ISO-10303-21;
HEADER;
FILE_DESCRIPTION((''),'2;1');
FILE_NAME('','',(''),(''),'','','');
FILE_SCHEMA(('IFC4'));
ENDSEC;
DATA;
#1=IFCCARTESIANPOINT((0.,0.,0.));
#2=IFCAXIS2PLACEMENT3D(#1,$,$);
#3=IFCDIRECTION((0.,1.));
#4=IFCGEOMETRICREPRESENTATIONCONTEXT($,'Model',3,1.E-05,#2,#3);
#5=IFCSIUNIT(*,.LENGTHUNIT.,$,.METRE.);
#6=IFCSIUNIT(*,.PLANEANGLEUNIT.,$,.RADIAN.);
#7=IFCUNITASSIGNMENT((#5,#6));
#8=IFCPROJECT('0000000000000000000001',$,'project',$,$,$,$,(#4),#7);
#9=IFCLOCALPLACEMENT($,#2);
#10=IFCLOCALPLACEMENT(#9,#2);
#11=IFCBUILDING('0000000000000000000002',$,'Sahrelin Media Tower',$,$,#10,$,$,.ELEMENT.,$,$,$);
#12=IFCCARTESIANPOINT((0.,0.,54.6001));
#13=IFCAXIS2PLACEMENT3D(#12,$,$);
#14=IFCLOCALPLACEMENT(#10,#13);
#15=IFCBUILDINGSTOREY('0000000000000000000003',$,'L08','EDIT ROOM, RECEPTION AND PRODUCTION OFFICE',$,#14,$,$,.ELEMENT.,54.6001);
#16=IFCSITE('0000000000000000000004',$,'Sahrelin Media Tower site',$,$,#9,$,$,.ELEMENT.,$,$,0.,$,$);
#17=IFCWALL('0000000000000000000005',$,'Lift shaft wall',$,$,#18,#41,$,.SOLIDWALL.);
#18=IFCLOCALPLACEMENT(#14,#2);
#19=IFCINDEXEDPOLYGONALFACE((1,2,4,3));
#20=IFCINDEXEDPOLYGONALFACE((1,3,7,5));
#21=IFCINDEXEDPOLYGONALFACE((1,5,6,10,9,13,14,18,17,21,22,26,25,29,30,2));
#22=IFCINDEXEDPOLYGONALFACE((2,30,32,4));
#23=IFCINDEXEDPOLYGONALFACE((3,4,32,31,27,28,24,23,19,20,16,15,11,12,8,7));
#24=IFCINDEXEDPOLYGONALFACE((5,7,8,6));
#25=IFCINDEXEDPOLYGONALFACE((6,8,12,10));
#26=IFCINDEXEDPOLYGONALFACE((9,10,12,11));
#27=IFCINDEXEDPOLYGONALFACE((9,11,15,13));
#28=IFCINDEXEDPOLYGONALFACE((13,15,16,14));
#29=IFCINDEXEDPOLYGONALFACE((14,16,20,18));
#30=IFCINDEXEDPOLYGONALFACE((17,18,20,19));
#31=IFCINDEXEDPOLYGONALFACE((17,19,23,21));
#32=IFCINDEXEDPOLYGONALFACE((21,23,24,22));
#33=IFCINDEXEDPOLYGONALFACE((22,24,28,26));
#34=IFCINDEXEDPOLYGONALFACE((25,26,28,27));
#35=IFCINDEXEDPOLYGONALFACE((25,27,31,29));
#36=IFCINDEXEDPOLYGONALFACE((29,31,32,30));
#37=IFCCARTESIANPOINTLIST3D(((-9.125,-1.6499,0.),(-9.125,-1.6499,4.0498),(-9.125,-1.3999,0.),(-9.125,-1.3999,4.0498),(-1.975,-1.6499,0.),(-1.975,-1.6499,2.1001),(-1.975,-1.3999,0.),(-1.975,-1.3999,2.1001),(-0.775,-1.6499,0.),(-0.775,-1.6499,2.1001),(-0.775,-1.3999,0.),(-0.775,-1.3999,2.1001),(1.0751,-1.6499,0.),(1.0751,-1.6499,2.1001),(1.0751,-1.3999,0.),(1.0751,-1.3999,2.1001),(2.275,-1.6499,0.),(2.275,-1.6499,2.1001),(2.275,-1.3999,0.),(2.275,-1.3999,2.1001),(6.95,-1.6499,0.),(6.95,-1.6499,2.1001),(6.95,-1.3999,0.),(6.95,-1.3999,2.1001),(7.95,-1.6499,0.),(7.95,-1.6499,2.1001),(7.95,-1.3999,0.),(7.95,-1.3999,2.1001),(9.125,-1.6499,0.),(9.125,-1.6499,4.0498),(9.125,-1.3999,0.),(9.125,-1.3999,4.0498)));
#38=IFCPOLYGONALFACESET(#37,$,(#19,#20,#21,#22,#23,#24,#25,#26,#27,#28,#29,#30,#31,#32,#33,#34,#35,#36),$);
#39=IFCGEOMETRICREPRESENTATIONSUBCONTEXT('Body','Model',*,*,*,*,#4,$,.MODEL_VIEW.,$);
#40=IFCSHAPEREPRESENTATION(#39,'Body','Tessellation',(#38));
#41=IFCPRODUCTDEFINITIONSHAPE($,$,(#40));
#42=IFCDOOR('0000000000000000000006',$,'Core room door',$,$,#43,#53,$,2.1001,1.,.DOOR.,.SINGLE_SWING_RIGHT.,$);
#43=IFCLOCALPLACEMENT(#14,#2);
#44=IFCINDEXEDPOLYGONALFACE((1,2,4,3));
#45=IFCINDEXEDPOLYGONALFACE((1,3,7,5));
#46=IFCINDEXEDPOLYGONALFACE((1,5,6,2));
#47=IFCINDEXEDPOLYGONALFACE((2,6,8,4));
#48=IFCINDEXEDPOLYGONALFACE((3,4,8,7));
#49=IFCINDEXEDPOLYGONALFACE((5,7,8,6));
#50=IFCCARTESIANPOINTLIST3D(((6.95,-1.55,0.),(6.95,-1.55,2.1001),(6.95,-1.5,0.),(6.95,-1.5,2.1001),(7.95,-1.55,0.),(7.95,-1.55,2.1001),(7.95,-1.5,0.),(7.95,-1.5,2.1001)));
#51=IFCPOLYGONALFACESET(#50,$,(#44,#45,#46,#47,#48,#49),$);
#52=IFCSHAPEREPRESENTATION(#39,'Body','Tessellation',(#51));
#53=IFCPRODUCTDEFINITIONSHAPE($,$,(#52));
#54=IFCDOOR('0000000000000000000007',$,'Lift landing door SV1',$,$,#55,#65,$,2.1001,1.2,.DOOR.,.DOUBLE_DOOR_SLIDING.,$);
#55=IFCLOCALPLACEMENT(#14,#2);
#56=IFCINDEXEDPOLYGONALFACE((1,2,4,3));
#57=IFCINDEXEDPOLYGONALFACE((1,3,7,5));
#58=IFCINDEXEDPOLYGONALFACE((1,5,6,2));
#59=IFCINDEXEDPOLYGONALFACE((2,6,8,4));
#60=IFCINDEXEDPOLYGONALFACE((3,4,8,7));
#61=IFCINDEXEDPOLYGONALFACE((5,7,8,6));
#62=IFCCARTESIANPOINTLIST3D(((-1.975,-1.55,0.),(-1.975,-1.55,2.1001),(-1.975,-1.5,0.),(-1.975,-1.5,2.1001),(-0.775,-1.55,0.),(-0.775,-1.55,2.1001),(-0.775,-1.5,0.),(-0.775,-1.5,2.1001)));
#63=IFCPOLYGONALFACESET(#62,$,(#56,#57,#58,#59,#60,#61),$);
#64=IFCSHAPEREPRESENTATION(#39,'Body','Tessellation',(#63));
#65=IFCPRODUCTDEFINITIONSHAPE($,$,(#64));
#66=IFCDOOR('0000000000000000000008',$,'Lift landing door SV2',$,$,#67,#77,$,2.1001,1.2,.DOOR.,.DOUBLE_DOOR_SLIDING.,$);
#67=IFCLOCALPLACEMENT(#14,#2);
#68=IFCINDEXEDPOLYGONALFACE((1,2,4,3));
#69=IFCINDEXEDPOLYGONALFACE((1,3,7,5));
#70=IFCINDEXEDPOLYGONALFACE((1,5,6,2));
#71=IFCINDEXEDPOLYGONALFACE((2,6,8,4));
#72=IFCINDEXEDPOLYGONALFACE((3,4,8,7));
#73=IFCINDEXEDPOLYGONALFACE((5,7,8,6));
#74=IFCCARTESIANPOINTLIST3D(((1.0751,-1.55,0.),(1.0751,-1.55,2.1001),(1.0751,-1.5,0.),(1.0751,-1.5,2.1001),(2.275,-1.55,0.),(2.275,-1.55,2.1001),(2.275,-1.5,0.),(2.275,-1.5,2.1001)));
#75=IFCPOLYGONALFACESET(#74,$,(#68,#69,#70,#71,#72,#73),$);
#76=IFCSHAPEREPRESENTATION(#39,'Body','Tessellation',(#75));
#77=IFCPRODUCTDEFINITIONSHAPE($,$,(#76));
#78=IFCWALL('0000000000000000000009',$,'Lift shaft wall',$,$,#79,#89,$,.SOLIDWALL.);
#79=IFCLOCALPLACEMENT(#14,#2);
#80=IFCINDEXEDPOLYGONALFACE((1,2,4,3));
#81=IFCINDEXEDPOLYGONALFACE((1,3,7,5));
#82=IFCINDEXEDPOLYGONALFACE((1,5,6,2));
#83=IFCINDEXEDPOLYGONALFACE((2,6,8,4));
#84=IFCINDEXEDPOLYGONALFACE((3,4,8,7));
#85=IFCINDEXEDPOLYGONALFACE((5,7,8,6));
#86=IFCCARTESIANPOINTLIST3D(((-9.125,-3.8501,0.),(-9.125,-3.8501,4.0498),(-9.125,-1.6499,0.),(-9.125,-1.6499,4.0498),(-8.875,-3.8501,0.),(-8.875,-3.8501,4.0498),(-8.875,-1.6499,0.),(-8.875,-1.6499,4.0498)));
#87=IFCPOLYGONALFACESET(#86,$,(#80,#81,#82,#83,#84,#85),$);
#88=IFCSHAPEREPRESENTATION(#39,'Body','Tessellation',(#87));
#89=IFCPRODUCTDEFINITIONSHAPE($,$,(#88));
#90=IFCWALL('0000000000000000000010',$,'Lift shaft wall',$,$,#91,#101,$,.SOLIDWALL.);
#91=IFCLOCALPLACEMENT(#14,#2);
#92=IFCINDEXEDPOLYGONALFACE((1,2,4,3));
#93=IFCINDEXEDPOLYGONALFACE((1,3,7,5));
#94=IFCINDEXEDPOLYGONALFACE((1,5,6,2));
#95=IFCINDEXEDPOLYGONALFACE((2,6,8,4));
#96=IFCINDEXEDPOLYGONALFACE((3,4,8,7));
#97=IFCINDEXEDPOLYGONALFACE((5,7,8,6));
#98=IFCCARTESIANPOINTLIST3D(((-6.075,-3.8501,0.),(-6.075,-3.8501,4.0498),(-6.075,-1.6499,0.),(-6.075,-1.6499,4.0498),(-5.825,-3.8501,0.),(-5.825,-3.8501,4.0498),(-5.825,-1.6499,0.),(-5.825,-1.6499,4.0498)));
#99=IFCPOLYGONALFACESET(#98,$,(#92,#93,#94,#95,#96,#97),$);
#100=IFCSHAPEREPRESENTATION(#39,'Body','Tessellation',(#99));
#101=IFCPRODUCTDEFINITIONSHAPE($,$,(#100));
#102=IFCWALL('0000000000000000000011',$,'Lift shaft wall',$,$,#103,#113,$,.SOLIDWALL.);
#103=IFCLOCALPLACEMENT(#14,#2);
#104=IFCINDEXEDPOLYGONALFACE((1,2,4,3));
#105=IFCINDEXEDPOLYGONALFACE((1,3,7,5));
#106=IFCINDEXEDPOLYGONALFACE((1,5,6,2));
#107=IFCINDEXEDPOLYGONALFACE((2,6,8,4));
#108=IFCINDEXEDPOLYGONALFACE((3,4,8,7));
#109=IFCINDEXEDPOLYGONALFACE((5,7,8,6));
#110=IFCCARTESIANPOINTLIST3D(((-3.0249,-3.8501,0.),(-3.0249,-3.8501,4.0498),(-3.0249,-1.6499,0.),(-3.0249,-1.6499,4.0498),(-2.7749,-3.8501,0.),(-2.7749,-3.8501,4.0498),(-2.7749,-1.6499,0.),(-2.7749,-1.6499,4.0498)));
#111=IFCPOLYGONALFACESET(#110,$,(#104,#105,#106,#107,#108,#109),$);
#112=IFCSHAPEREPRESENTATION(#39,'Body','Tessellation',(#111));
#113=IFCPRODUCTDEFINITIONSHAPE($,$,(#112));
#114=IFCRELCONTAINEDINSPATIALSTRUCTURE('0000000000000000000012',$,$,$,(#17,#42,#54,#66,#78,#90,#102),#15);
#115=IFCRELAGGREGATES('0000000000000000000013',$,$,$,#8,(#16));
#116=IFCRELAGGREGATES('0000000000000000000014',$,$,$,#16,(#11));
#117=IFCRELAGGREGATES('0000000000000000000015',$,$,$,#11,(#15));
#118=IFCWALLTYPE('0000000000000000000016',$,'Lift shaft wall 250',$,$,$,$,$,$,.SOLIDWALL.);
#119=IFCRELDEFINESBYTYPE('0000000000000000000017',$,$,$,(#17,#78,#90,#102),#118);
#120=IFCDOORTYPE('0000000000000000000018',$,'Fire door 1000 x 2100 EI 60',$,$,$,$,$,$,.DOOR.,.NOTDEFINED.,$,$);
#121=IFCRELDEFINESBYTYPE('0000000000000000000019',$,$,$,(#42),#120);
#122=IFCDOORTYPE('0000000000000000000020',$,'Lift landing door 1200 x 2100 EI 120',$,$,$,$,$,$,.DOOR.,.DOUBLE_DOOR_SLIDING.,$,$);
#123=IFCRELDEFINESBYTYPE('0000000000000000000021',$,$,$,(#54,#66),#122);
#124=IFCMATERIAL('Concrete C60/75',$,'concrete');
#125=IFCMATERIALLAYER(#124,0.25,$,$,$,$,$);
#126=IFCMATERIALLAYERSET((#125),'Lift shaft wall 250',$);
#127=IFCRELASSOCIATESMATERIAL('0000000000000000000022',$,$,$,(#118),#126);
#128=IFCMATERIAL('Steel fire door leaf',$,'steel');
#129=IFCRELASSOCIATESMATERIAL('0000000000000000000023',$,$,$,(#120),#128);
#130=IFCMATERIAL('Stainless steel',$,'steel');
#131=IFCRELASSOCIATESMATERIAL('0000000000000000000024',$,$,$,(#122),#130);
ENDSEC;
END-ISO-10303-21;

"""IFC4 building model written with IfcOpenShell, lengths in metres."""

from ifc_helpers import new_model, si_unit, direction, frame, frame_2d, origin, place, context, subcontext, project, spatial, rectangle, extrude, material, layer, layer_set, type_object, element, fill, save


model = new_model("IFC4")

# Units and contexts
model_context = context("Model", 3, precision=1e-05, world=origin(), true_north=direction((0.0, 1.0)))
body_context = subcontext(model_context, "Body", "Model", "MODEL_VIEW")
ifc_project = project(units=[si_unit("LENGTHUNIT", "METRE"), si_unit("PLANEANGLEUNIT", "RADIAN")], contexts=[model_context])

# Site, building, storey
site_placement = place(None, origin())
site = spatial("IfcSite", under=ifc_project, at=site_placement, Name="Sahrelin Media Tower site", CompositionType="ELEMENT", RefElevation=0.0)
building_placement = place(site_placement, origin())
building = spatial("IfcBuilding", under=site, at=building_placement, Name="Sahrelin Media Tower", CompositionType="ELEMENT")
storey_placement = place(building_placement, frame((0.0, 0.0, 54.6001)))
storey = spatial("IfcBuildingStorey", under=building, at=storey_placement, Name="L08", Description="EDIT ROOM, RECEPTION AND PRODUCTION OFFICE", CompositionType="ELEMENT", Elevation=54.6001)

# Shared definitions
ifc_material_1 = material(Name="Steel fire door leaf", Category="steel")

# Wall, openings, doors
ifc_material_2 = material(Name="Concrete C60/75", Category="concrete")
ifc_layer_1 = layer(ifc_material_2, 0.25)
ifc_layer_set_1 = layer_set([ifc_layer_1], Name="Lift shaft wall 250")
wall_type_1 = type_object("IfcWallType", Name="Lift shaft wall 250", PredefinedType="SOLIDWALL", material=ifc_layer_set_1)
wall_1_placement = place(storey_placement, frame((-9.125, -1.5249, 0.0), z_axis=(0.0, 0.0, 1.0), x_axis=(1.0, 0.0, 0.0)))
wall_1 = element("IfcWall", 1, at=wall_1_placement, inside=storey, type_object=wall_type_1, Name="Lift shaft wall", PredefinedType="SOLIDWALL", context=body_context, shape_type="SweptSolid", body=[
    extrude(rectangle(XDim=18.25, YDim=0.25, at=frame_2d((9.125, 0.0))), origin(), (0.0, 0.0, 1.0), 4.0498),
])
opening_1_placement = place(wall_1_placement, frame((7.1499, 0.0, 0.0)))
opening_1 = element("IfcOpeningElement", 2, at=opening_1_placement, cuts=wall_1, PredefinedType="OPENING", context=body_context, shape_type="SweptSolid", body=[
    extrude(rectangle(XDim=1.2, YDim=2.1001, at=frame_2d((0.6001, 1.05))), frame((0.0, 0.125, 0.0), z_axis=(0.0, -1.0, 0.0), x_axis=(1.0, 0.0, 0.0)), (0.0, 0.0, 1.0), 0.25),
])
opening_2_placement = place(wall_1_placement, frame((10.2, 0.0, 0.0)))
opening_2 = element("IfcOpeningElement", 3, at=opening_2_placement, cuts=wall_1, PredefinedType="OPENING", context=body_context, shape_type="SweptSolid", body=[
    extrude(rectangle(XDim=1.2, YDim=2.1001, at=frame_2d((0.6001, 1.05))), frame((0.0, 0.125, 0.0), z_axis=(0.0, -1.0, 0.0), x_axis=(1.0, 0.0, 0.0)), (0.0, 0.0, 1.0), 0.25),
])
opening_3_placement = place(wall_1_placement, frame((16.075, 0.0, 0.0)))
opening_3 = element("IfcOpeningElement", 4, at=opening_3_placement, cuts=wall_1, PredefinedType="OPENING", context=body_context, shape_type="SweptSolid", body=[
    extrude(rectangle(XDim=1.0, YDim=2.1001, at=frame_2d((0.5, 1.05))), frame((0.0, 0.125, 0.0), z_axis=(0.0, -1.0, 0.0), x_axis=(1.0, 0.0, 0.0)), (0.0, 0.0, 1.0), 0.25),
])
door_type_1 = type_object("IfcDoorType", Name="Fire door 1000 x 2100 EI 60", OperationType="NOTDEFINED", PredefinedType="DOOR", material=ifc_material_1)
door_1_placement = place(opening_3_placement, origin())
door_1 = element("IfcDoor", 5, at=door_1_placement, inside=storey, type_object=door_type_1, Name="Core room door", OperationType="SINGLE_SWING_RIGHT", OverallHeight=2.1001, OverallWidth=1.0, PredefinedType="DOOR", context=body_context, shape_type="SweptSolid", body=[
    extrude(rectangle(XDim=1.0, YDim=2.1001, at=frame_2d((0.5, 1.05))), frame((0.0, 0.0249, 0.0), z_axis=(0.0, -1.0, 0.0), x_axis=(1.0, 0.0, 0.0)), (0.0, 0.0, 1.0), 0.05),
])
fill(opening_3, door_1)
ifc_material_3 = material(Name="Stainless steel", Category="steel")
door_type_2 = type_object("IfcDoorType", Name="Lift landing door 1200 x 2100 EI 120", OperationType="DOUBLE_DOOR_SLIDING", PredefinedType="DOOR", material=ifc_material_3)
door_2_placement = place(opening_1_placement, origin())
door_2 = element("IfcDoor", 6, at=door_2_placement, inside=storey, type_object=door_type_2, Name="Lift landing door SV1", OperationType="DOUBLE_DOOR_SLIDING", OverallHeight=2.1001, OverallWidth=1.2, PredefinedType="DOOR", context=body_context, shape_type="SweptSolid", body=[
    extrude(rectangle(XDim=1.2, YDim=2.1001, at=frame_2d((0.6001, 1.05))), frame((0.0, 0.0249, 0.0), z_axis=(0.0, -1.0, 0.0), x_axis=(1.0, 0.0, 0.0)), (0.0, 0.0, 1.0), 0.05),
])
fill(opening_1, door_2)
door_3_placement = place(opening_2_placement, origin())
door_3 = element("IfcDoor", 7, at=door_3_placement, inside=storey, type_object=door_type_2, Name="Lift landing door SV2", OperationType="DOUBLE_DOOR_SLIDING", OverallHeight=2.1001, OverallWidth=1.2, PredefinedType="DOOR", context=body_context, shape_type="SweptSolid", body=[
    extrude(rectangle(XDim=1.2, YDim=2.1001, at=frame_2d((0.6001, 1.05))), frame((0.0, 0.0249, 0.0), z_axis=(0.0, -1.0, 0.0), x_axis=(1.0, 0.0, 0.0)), (0.0, 0.0, 1.0), 0.05),
])
fill(opening_2, door_3)

# Walls
for number, where, z_axis, x_axis, name in (
    (8, (-9.0, -3.8501, 0.0), (0.0, 0.0, 1.0), (0.0, 1.0, 0.0), "Lift shaft wall"),
    (9, (-5.95, -3.8501, 0.0), (0.0, 0.0, 1.0), (0.0, 1.0, 0.0), "Lift shaft wall"),
    (10, (-2.8999, -3.8501, 0.0), (0.0, 0.0, 1.0), (0.0, 1.0, 0.0), "Lift shaft wall"),
):
    element("IfcWall", number, at=place(storey_placement, frame(where, z_axis=z_axis, x_axis=x_axis)), inside=storey, type_object=wall_type_1, Name=name, PredefinedType="SOLIDWALL", context=body_context, shape_type="SweptSolid", body=[
        extrude(rectangle(XDim=2.2002, YDim=0.25, at=frame_2d((1.1001, 0.0))), origin(), (0.0, 0.0, 1.0), 4.0498),
    ])

save(model, "model.ifc")
